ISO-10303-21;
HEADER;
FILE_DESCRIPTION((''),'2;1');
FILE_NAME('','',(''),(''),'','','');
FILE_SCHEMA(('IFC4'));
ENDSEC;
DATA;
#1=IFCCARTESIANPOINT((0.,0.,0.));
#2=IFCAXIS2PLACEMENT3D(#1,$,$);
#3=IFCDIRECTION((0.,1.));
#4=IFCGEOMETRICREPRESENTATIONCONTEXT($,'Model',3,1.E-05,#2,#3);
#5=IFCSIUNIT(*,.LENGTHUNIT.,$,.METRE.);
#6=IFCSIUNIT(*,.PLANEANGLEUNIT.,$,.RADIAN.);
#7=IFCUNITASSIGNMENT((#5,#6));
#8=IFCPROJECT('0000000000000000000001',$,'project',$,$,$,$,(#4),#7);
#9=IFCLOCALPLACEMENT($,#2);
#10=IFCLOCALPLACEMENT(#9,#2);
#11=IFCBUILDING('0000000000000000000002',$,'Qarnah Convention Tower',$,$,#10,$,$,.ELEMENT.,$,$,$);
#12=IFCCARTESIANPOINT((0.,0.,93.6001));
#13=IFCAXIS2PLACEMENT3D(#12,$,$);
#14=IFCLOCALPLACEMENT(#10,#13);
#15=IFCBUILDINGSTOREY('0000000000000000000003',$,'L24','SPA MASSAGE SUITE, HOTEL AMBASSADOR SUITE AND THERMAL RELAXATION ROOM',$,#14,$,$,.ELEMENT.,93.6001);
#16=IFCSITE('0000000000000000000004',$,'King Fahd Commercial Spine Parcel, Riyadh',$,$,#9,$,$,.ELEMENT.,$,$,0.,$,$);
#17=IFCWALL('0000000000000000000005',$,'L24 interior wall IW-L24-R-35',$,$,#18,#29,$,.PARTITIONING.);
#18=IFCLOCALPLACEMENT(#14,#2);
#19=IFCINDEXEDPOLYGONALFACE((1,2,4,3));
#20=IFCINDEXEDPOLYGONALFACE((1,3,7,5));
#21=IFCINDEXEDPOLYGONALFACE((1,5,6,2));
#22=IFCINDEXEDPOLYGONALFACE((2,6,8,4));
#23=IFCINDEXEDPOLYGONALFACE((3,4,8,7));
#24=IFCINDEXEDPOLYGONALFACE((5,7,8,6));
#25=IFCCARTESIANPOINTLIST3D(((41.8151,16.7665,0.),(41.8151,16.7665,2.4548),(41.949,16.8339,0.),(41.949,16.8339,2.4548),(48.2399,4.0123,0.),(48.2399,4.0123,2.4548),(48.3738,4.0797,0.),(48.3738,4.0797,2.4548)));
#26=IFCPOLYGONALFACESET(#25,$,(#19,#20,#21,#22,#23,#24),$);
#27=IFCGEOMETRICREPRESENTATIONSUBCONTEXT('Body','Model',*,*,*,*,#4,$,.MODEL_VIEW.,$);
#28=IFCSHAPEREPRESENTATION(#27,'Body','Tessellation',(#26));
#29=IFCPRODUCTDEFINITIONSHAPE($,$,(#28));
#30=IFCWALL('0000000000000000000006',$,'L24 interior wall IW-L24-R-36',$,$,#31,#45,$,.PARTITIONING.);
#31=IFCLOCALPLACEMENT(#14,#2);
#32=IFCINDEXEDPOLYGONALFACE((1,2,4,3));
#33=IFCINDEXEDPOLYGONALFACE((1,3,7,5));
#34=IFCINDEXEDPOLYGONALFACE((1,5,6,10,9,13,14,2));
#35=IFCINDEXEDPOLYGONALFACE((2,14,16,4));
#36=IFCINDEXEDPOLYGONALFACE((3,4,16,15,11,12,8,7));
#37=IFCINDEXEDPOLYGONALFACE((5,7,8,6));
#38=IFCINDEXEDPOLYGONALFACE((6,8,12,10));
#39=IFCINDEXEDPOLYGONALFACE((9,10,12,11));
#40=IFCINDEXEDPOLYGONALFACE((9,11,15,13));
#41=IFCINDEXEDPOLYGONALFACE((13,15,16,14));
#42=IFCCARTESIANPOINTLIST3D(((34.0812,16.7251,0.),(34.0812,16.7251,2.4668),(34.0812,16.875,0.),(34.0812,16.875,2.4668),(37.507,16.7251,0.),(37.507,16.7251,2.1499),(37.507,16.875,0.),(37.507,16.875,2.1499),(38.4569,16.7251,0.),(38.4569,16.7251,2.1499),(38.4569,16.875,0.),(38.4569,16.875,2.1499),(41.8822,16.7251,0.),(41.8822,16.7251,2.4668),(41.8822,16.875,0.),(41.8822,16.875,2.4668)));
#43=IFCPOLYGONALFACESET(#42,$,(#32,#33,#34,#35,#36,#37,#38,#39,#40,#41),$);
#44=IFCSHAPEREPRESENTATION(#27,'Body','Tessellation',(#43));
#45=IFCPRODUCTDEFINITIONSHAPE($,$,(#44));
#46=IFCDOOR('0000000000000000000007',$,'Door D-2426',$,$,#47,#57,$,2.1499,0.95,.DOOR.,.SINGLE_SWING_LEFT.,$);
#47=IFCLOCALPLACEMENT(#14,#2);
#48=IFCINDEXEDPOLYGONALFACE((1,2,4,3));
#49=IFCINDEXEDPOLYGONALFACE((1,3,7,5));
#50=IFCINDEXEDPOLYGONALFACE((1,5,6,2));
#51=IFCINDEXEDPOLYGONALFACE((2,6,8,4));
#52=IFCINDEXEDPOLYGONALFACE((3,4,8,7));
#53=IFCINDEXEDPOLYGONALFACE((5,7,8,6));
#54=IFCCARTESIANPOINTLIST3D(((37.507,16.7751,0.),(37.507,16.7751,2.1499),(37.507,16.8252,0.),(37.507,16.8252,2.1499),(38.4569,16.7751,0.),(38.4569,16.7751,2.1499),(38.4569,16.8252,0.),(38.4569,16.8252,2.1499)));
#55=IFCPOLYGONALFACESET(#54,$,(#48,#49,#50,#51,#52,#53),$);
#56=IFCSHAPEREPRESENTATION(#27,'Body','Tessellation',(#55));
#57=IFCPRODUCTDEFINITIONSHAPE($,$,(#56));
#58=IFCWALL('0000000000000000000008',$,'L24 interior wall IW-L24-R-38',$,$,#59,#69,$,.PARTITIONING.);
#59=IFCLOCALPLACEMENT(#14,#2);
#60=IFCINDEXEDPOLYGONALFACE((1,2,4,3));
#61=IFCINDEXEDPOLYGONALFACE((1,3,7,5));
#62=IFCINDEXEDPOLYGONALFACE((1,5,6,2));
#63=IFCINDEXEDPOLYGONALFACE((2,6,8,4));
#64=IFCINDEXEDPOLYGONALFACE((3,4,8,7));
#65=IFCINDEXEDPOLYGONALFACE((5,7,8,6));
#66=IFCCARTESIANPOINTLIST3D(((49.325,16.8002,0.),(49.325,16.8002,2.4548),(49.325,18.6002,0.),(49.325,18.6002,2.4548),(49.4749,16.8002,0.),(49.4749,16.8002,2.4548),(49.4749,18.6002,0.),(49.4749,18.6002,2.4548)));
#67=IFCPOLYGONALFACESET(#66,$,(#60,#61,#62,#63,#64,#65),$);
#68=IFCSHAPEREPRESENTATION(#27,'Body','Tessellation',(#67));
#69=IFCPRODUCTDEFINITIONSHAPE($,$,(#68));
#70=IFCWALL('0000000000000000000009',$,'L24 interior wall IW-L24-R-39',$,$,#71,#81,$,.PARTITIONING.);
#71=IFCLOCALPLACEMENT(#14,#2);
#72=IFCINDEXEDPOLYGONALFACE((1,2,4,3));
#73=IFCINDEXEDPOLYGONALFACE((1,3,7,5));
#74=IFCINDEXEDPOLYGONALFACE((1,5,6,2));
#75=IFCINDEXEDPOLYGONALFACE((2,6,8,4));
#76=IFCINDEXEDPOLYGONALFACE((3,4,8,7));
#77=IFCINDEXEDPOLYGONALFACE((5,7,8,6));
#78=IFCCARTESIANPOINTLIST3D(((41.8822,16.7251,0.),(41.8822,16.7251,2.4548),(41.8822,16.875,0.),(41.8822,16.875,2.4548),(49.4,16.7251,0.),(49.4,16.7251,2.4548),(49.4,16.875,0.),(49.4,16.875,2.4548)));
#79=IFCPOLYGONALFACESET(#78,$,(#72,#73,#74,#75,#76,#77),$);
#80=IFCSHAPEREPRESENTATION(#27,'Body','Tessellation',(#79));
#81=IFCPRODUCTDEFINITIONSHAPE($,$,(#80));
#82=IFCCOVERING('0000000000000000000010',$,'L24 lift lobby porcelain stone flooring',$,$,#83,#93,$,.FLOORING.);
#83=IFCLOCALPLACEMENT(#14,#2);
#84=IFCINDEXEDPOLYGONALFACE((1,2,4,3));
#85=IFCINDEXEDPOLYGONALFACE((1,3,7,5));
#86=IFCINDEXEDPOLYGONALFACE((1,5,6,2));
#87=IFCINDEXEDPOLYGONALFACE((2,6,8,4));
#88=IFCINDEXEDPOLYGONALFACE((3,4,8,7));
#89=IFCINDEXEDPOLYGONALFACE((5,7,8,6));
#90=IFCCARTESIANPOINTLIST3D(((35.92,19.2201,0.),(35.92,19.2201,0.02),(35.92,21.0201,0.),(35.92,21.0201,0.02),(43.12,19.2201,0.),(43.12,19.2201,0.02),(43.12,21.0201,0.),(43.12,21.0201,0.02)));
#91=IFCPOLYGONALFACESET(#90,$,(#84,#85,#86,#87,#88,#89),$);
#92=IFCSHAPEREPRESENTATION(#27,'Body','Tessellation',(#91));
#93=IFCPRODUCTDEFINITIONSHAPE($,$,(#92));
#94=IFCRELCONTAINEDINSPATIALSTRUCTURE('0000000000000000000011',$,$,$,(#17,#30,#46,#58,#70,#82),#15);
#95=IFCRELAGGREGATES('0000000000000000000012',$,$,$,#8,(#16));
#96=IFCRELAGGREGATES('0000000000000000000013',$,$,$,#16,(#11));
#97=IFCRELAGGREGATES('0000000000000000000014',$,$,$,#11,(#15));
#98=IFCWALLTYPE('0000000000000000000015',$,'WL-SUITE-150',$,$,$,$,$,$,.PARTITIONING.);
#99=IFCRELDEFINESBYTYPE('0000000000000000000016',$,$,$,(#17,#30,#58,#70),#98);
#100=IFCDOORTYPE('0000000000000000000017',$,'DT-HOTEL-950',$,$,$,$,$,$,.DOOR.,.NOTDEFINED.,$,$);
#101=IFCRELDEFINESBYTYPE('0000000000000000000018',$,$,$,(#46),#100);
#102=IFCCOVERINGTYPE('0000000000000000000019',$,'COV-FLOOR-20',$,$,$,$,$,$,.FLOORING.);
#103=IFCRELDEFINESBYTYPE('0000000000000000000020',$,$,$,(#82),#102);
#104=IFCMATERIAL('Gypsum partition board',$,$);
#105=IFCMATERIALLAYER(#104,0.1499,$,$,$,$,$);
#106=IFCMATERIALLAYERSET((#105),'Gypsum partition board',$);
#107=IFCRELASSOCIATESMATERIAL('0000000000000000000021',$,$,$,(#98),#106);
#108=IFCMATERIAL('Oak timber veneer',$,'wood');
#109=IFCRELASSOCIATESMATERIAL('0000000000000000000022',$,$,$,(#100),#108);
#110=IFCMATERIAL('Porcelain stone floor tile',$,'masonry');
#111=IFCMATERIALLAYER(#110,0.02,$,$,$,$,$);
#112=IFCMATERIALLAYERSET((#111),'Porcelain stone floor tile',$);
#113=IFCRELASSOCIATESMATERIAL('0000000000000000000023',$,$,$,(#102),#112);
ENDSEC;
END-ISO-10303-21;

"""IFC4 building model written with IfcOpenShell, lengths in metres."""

from ifc_helpers import new_model, si_unit, direction, frame, frame_2d, origin, origin_2d, place, context, subcontext, project, spatial, rectangle, extrude, material, layer, layer_set, type_object, element, fill, save


model = new_model("IFC4")

# Units and contexts
model_context = context("Model", 3, precision=1e-05, world=origin(), true_north=direction((0.0, 1.0)))
body_context = subcontext(model_context, "Body", "Model", "MODEL_VIEW")
ifc_project = project(units=[si_unit("LENGTHUNIT", "METRE"), si_unit("PLANEANGLEUNIT", "RADIAN")], contexts=[model_context])

# Site, building, storey
site_placement = place(None, origin())
site = spatial("IfcSite", under=ifc_project, at=site_placement, Name="King Fahd Commercial Spine Parcel, Riyadh", CompositionType="ELEMENT", RefElevation=0.0)
building_placement = place(site_placement, origin())
building = spatial("IfcBuilding", under=site, at=building_placement, Name="Qarnah Convention Tower", CompositionType="ELEMENT")
storey_placement = place(building_placement, frame((0.0, 0.0, 93.6001)))
storey = spatial("IfcBuildingStorey", under=building, at=storey_placement, Name="L24", Description="SPA MASSAGE SUITE, HOTEL AMBASSADOR SUITE AND THERMAL RELAXATION ROOM", CompositionType="ELEMENT", Elevation=93.6001)

# Wall
ifc_material_1 = material(Name="Gypsum partition board")
ifc_layer_1 = layer(ifc_material_1, 0.1499)
ifc_layer_set_1 = layer_set([ifc_layer_1], Name="Gypsum partition board")
wall_type_1 = type_object("IfcWallType", Name="WL-SUITE-150", PredefinedType="PARTITIONING", material=ifc_layer_set_1)
wall_1_placement = place(storey_placement, frame((48.3069, 4.0459, 0.0), z_axis=(0.0, 0.0, 1.0), x_axis=(-0.449885, 0.893086, 0.0)))
element("IfcWall", 1, at=wall_1_placement, inside=storey, type_object=wall_type_1, Name="L24 interior wall IW-L24-R-35", PredefinedType="PARTITIONING", context=body_context, shape_type="SweptSolid", body=[
    extrude(rectangle(XDim=14.281, YDim=0.1499, at=frame_2d((7.1406, 0.0))), origin(), (0.0, 0.0, 1.0), 2.4548),
])

# Wall, opening, door
wall_2_placement = place(storey_placement, frame((41.8821, 16.8, 0.0), z_axis=(0.0, 0.0, 1.0), x_axis=(-1.0, 0.0, 0.0)))
wall_2 = element("IfcWall", 2, at=wall_2_placement, inside=storey, type_object=wall_type_1, Name="L24 interior wall IW-L24-R-36", PredefinedType="PARTITIONING", context=body_context, shape_type="SweptSolid", body=[
    extrude(rectangle(XDim=7.801, YDim=0.1499, at=frame_2d((3.9004, 0.0))), origin(), (0.0, 0.0, 1.0), 2.4668),
])
opening_1_placement = place(wall_2_placement, frame((3.425, 0.0, 0.0)))
opening_1 = element("IfcOpeningElement", 3, at=opening_1_placement, cuts=wall_2, PredefinedType="OPENING", context=body_context, shape_type="SweptSolid", body=[
    extrude(rectangle(XDim=0.95, YDim=2.1499, at=frame_2d((0.4751, 1.075))), frame((0.0, 0.085, 0.0), z_axis=(0.0, -1.0, 0.0), x_axis=(1.0, 0.0, 0.0)), (0.0, 0.0, 1.0), 0.1699),
])
ifc_material_2 = material(Name="Oak timber veneer", Category="wood")
door_type_1 = type_object("IfcDoorType", Name="DT-HOTEL-950", OperationType="NOTDEFINED", PredefinedType="DOOR", material=ifc_material_2)
door_1_placement = place(opening_1_placement, origin())
door_1 = element("IfcDoor", 4, at=door_1_placement, inside=storey, type_object=door_type_1, Name="Door D-2426", OperationType="SINGLE_SWING_LEFT", OverallHeight=2.1499, OverallWidth=0.95, PredefinedType="DOOR", context=body_context, shape_type="SweptSolid", body=[
    extrude(rectangle(XDim=0.95, YDim=2.1499, at=frame_2d((0.4751, 1.075))), frame((0.0, 0.0249, 0.0), z_axis=(0.0, -1.0, 0.0), x_axis=(1.0, 0.0, 0.0)), (0.0, 0.0, 1.0), 0.05),
])
fill(opening_1, door_1)

# Walls
wall_3_placement = place(storey_placement, frame((49.3999, 18.6001, 0.0), z_axis=(0.0, 0.0, 1.0), x_axis=(0.0, -1.0, 0.0)))
element("IfcWall", 5, at=wall_3_placement, inside=storey, type_object=wall_type_1, Name="L24 interior wall IW-L24-R-38", PredefinedType="PARTITIONING", context=body_context, shape_type="SweptSolid", body=[
    extrude(rectangle(XDim=1.8, YDim=0.1499, at=frame_2d((0.8999, 0.0))), origin(), (0.0, 0.0, 1.0), 2.4548),
])
wall_4_placement = place(storey_placement, frame((49.3999, 16.8, 0.0), z_axis=(0.0, 0.0, 1.0), x_axis=(-1.0, 0.0, 0.0)))
element("IfcWall", 6, at=wall_4_placement, inside=storey, type_object=wall_type_1, Name="L24 interior wall IW-L24-R-39", PredefinedType="PARTITIONING", context=body_context, shape_type="SweptSolid", body=[
    extrude(rectangle(XDim=7.5178, YDim=0.1499, at=frame_2d((3.7588, 0.0))), origin(), (0.0, 0.0, 1.0), 2.4548),
])

# Covering
ifc_material_3 = material(Name="Porcelain stone floor tile", Category="masonry")
ifc_layer_2 = layer(ifc_material_3, 0.02)
ifc_layer_set_2 = layer_set([ifc_layer_2], Name="Porcelain stone floor tile")
covering_type = type_object("IfcCoveringType", Name="COV-FLOOR-20", PredefinedType="FLOORING", material=ifc_layer_set_2)
covering_placement = place(storey_placement, frame((39.52, 20.1201, 0.0), z_axis=(0.0, 0.0, 1.0), x_axis=(1.0, 0.0, 0.0)))
element("IfcCovering", 7, at=covering_placement, inside=storey, type_object=covering_type, Name="L24 lift lobby porcelain stone flooring", PredefinedType="FLOORING", context=body_context, shape_type="SweptSolid", body=[
    extrude(rectangle(XDim=7.2, YDim=1.8, at=origin_2d()), origin(), (0.0, 0.0, 1.0), 0.02),
])

save(model, "model.ifc")
